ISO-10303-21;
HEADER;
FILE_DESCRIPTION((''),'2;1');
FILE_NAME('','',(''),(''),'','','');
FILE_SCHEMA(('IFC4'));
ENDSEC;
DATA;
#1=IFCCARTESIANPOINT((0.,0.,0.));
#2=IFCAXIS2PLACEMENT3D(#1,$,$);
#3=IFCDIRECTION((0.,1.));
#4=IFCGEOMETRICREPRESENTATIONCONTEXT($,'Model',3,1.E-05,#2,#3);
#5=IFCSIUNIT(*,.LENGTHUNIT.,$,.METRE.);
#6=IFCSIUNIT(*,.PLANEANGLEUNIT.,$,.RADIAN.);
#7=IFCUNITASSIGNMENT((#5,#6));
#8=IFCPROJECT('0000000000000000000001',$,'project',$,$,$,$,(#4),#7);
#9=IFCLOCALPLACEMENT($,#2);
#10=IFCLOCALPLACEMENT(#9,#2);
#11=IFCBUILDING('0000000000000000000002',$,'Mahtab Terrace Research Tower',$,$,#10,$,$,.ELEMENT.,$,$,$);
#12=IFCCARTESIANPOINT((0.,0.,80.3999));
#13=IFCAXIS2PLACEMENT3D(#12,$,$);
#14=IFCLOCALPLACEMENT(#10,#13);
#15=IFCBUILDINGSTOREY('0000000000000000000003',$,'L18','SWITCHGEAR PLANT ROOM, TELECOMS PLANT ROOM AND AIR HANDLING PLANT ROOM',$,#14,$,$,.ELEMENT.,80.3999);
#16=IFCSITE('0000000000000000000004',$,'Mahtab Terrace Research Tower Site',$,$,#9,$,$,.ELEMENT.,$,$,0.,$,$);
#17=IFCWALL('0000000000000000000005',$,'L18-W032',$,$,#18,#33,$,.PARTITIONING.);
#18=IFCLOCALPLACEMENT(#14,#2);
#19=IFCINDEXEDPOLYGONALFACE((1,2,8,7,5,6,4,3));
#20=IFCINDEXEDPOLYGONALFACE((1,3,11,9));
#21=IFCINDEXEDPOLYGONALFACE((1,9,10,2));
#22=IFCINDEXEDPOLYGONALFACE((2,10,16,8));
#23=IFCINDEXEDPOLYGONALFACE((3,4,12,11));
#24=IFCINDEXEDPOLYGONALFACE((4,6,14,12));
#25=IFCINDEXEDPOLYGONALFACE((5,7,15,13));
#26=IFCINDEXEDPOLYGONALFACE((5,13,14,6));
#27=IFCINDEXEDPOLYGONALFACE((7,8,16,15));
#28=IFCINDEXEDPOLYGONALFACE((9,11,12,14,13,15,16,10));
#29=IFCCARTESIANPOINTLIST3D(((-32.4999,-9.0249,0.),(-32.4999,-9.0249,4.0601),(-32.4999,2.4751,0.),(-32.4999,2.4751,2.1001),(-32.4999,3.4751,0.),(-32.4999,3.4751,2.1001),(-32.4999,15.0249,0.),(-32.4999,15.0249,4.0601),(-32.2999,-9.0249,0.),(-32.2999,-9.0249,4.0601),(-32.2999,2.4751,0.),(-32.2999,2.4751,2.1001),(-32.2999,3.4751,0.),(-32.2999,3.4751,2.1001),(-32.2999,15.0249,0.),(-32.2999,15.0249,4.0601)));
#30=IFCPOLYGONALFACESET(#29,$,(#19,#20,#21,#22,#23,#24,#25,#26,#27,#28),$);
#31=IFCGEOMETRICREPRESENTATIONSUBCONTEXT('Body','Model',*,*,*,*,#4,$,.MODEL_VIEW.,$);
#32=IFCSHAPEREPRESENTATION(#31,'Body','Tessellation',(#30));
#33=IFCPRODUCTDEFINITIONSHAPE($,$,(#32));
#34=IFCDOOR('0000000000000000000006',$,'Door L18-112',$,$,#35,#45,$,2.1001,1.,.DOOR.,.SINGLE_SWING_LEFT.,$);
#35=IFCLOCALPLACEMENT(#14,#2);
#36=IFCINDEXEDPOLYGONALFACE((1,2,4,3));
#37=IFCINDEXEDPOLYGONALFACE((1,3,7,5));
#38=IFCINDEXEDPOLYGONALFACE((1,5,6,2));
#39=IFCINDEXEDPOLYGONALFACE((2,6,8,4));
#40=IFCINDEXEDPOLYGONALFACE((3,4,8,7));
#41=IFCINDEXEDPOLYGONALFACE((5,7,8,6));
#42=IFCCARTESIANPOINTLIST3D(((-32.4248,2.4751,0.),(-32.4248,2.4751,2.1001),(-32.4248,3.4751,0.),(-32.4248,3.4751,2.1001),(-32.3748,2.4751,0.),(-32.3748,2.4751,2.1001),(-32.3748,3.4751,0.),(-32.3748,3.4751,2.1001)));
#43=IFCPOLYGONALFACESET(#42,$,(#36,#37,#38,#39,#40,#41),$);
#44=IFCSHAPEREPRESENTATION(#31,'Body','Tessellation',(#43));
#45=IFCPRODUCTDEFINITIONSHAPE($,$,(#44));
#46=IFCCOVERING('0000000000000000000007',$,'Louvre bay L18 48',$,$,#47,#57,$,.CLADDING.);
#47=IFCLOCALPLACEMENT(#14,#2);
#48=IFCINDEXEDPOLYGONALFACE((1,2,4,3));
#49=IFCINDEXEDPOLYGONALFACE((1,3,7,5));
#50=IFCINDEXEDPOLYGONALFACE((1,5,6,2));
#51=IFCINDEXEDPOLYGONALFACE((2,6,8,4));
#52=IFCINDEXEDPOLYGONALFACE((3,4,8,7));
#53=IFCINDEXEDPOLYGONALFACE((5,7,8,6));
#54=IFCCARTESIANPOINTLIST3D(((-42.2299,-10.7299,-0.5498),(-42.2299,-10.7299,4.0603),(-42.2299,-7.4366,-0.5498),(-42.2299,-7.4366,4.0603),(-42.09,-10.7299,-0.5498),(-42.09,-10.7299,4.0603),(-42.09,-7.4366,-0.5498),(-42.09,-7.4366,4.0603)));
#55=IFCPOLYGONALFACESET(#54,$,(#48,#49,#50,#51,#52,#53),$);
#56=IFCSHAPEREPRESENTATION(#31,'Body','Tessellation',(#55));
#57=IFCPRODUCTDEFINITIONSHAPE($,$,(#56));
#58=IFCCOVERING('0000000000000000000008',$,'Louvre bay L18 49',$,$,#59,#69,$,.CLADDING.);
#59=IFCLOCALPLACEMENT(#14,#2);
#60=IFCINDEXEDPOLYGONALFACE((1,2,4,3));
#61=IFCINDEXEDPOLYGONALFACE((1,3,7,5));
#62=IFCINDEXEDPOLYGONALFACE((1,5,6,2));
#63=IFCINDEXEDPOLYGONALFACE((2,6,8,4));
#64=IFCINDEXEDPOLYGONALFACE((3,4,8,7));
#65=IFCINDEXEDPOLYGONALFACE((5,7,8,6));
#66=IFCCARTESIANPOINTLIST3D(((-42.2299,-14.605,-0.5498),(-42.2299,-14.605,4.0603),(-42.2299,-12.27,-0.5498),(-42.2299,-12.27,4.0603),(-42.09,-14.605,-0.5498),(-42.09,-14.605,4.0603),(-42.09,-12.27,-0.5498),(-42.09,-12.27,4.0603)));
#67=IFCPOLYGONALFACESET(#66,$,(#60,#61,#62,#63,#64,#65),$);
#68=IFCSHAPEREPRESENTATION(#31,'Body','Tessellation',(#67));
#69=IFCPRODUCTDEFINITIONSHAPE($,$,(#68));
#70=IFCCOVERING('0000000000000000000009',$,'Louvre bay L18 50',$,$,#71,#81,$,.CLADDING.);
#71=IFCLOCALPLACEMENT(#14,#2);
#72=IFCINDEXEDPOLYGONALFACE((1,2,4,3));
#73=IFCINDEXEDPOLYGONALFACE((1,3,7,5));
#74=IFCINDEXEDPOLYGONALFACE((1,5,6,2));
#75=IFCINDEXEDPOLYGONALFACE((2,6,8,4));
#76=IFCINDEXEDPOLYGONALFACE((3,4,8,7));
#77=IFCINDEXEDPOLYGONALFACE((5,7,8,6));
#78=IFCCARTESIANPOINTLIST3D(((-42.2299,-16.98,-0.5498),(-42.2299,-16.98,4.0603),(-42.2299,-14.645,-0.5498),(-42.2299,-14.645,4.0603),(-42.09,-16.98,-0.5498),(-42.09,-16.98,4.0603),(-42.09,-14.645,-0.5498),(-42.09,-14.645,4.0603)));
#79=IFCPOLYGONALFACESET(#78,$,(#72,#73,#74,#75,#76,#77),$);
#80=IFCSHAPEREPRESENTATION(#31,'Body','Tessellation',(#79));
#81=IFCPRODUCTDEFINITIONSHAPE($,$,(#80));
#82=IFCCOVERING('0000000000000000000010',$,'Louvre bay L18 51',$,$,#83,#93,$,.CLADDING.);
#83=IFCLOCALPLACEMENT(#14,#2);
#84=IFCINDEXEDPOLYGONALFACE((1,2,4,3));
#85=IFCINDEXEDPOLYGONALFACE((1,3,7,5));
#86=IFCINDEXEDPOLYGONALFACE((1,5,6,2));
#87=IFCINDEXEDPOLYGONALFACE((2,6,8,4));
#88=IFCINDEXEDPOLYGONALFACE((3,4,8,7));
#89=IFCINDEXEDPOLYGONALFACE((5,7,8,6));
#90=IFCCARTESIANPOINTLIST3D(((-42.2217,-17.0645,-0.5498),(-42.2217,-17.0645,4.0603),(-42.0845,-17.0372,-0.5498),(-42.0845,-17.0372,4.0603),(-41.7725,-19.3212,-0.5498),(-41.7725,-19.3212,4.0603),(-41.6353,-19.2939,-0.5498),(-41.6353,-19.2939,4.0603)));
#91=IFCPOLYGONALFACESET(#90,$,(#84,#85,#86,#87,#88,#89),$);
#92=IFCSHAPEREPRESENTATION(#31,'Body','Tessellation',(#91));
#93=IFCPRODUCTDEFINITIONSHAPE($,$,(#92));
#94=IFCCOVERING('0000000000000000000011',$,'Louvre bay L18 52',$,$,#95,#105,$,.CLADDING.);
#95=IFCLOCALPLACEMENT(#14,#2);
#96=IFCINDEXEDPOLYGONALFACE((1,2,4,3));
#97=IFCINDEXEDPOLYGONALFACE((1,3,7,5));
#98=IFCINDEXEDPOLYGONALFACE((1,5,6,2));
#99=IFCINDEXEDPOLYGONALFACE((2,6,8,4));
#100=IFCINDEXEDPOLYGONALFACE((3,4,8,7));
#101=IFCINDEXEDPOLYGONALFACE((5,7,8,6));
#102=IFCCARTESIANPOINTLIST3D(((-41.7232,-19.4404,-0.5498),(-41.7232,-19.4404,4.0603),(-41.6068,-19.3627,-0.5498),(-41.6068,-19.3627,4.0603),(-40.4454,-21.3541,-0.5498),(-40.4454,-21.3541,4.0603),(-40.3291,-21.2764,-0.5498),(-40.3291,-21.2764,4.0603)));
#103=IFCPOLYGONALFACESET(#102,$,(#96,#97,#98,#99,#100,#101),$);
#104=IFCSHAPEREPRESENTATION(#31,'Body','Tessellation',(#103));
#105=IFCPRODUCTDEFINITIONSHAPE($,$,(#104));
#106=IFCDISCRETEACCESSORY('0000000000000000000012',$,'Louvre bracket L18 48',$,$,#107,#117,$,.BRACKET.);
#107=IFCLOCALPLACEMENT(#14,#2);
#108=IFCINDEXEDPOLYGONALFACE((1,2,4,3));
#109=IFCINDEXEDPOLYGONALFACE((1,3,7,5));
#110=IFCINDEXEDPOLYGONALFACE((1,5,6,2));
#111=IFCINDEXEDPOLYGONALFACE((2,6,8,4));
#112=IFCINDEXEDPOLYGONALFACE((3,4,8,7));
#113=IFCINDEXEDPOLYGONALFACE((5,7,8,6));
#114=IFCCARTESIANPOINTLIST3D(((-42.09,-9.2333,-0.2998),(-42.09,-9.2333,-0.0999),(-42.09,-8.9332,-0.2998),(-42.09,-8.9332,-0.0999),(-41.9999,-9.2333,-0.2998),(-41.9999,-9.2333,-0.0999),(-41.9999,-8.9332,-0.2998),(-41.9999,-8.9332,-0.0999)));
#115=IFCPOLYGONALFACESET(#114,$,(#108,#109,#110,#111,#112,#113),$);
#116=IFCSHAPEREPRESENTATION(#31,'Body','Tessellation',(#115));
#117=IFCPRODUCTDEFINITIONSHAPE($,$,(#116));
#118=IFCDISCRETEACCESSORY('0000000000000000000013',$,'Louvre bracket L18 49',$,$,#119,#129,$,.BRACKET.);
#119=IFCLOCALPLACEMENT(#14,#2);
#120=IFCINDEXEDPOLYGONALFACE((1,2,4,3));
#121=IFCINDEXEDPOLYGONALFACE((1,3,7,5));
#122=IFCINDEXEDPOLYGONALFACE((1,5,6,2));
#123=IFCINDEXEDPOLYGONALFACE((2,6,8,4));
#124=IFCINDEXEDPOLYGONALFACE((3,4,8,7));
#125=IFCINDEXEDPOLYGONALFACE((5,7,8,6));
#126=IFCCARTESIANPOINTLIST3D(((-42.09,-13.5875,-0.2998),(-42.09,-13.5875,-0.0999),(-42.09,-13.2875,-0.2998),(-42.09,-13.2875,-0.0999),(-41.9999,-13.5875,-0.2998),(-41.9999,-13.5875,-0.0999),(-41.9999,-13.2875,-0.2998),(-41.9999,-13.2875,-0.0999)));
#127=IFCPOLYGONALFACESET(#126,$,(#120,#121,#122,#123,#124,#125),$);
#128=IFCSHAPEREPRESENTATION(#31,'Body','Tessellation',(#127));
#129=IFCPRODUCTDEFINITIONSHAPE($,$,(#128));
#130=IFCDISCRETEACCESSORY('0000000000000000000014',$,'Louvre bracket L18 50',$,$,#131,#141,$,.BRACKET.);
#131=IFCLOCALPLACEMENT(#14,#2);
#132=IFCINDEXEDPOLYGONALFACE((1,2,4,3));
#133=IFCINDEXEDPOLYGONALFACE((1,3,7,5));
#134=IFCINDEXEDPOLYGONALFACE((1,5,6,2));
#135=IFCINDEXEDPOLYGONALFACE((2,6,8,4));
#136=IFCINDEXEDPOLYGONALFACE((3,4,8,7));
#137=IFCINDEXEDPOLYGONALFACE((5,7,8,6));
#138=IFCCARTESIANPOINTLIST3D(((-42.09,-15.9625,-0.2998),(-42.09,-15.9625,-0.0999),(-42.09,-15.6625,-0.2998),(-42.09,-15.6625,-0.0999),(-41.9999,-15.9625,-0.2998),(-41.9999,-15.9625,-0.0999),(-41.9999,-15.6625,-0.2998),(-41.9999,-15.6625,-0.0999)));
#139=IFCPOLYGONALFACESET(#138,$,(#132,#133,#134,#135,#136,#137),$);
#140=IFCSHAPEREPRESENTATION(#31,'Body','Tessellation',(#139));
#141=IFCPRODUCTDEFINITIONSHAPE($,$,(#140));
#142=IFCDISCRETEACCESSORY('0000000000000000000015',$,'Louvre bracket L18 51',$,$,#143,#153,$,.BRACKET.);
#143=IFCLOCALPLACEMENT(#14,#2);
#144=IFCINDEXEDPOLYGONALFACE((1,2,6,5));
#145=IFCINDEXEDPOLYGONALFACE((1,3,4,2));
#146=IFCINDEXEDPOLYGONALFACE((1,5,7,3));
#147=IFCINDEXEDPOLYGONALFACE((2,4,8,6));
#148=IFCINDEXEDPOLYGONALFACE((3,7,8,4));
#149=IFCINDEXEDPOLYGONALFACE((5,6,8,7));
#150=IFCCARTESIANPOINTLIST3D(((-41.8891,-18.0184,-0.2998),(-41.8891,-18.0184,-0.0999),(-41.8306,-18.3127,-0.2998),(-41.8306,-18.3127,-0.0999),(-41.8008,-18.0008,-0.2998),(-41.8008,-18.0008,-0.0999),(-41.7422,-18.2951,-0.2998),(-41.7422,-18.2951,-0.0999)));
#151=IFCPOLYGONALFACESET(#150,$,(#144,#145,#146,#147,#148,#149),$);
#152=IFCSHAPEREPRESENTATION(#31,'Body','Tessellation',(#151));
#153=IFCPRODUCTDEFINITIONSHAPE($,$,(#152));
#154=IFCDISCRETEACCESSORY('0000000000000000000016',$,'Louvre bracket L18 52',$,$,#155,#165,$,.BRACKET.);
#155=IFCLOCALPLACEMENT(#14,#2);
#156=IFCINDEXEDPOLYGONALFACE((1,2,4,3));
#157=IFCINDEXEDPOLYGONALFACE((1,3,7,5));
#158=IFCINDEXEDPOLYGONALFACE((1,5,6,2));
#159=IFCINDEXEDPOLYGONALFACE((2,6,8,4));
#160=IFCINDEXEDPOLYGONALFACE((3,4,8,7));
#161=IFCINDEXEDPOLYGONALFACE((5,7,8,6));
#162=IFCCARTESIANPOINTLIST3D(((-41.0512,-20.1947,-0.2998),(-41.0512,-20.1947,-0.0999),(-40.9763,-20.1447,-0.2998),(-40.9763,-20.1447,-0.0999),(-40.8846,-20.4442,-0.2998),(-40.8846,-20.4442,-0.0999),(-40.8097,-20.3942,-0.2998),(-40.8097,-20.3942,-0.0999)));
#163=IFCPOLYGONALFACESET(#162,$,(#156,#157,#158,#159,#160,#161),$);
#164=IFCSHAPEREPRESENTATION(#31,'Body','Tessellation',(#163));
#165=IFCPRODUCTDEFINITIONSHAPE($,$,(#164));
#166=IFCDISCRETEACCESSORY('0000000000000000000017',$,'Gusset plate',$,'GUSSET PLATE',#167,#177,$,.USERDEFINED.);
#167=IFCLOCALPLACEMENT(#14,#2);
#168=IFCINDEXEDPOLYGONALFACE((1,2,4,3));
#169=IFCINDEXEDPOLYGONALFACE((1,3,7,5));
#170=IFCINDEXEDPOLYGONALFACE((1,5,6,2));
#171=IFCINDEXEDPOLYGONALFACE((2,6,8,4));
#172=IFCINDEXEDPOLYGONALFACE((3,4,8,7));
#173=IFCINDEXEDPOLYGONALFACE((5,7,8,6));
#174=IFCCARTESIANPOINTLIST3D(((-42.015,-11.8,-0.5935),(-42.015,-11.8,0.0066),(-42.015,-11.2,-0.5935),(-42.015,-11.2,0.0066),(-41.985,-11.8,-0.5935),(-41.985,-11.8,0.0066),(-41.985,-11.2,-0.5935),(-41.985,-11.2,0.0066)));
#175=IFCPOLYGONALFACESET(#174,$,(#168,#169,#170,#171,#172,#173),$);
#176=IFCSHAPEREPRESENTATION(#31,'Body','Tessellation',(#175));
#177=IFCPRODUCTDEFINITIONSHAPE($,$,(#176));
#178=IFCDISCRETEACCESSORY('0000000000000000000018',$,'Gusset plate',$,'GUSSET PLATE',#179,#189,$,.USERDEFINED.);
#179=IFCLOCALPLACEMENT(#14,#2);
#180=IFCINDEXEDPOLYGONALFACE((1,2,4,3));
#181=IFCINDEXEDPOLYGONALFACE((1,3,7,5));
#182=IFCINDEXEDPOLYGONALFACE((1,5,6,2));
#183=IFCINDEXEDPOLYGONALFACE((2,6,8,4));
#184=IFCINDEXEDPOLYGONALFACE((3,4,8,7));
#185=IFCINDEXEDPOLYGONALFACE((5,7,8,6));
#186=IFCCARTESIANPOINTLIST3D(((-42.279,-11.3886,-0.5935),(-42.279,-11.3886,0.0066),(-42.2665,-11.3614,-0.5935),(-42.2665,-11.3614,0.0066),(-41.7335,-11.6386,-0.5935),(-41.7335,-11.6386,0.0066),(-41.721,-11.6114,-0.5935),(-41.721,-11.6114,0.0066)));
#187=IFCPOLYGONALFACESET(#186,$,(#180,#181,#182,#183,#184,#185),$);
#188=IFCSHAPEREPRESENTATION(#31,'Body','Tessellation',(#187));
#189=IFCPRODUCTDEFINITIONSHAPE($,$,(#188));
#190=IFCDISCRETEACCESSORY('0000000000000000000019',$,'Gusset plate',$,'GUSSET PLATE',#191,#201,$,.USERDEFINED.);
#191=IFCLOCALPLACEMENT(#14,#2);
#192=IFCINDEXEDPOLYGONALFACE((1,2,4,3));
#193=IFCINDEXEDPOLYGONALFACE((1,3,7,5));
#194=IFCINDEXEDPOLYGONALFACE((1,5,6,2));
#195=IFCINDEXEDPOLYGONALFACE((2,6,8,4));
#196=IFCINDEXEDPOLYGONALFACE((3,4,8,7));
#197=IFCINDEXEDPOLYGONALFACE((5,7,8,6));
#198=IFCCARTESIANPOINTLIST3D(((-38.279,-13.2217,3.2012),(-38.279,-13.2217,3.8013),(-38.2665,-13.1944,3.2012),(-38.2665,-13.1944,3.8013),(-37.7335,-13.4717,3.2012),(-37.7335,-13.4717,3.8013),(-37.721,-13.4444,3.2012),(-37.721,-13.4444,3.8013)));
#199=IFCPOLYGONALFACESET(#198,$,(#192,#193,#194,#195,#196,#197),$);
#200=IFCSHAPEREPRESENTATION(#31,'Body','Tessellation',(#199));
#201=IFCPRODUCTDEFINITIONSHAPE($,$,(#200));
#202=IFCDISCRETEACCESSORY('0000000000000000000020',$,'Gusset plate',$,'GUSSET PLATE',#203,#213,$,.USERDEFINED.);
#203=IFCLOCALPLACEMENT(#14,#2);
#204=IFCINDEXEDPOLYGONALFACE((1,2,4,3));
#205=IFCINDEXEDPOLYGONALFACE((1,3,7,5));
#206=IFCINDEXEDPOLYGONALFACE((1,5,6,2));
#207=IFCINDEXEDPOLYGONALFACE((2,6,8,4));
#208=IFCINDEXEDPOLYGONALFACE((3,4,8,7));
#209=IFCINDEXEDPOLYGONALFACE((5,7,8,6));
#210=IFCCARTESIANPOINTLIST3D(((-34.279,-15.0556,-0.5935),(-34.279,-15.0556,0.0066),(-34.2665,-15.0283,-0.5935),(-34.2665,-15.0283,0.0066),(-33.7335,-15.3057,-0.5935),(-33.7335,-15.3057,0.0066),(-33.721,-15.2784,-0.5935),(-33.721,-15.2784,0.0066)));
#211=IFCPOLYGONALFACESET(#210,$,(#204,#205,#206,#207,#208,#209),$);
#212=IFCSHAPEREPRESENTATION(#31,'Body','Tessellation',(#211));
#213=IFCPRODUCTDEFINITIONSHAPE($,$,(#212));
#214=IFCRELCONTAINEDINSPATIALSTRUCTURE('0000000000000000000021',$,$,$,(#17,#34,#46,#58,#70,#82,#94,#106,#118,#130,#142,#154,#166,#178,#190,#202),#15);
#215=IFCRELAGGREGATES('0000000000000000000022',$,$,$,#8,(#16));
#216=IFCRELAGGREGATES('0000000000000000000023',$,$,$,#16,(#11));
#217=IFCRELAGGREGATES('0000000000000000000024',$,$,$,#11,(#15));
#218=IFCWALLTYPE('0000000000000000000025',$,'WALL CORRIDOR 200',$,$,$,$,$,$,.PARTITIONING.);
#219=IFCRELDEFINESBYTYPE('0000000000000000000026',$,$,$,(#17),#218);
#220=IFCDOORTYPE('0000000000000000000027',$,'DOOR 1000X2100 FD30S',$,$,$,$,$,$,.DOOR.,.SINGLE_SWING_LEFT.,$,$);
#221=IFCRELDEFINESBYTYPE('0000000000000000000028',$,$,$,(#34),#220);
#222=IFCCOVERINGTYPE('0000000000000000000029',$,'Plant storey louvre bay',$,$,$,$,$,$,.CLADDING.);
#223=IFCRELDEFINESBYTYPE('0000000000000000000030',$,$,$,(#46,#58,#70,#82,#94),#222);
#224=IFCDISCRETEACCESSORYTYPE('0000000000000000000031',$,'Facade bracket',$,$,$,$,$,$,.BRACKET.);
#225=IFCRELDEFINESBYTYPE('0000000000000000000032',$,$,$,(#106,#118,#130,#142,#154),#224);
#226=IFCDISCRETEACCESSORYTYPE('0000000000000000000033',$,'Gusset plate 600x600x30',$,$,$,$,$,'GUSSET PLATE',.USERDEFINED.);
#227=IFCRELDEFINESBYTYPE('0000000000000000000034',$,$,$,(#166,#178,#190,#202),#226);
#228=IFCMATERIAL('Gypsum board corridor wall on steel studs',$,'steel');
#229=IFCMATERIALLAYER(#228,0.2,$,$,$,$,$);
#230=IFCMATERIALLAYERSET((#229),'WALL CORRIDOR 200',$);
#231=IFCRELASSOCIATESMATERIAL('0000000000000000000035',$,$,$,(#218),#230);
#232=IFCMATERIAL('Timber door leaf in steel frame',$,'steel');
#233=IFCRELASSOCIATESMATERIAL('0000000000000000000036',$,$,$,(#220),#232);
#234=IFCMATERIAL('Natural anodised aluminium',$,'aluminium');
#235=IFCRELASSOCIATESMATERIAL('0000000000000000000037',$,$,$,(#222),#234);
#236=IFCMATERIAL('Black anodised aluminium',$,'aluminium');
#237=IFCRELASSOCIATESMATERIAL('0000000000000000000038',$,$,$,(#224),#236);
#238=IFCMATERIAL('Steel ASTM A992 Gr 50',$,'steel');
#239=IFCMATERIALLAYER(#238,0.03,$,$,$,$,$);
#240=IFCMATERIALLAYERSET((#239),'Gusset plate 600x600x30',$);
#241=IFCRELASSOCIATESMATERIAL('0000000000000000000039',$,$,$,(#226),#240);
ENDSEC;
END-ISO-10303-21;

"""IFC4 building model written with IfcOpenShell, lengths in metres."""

from ifc_helpers import new_model, si_unit, direction, frame, frame_2d, origin, origin_2d, place, context, subcontext, project, spatial, rectangle, extrude, material, layer, layer_set, type_object, element, fill, save


model = new_model("IFC4")

# Units and contexts
model_context = context("Model", 3, precision=1e-05, world=origin(), true_north=direction((0.0, 1.0)))
body_context = subcontext(model_context, "Body", "Model", "MODEL_VIEW")
ifc_project = project(units=[si_unit("LENGTHUNIT", "METRE"), si_unit("PLANEANGLEUNIT", "RADIAN")], contexts=[model_context])

# Site, building, storey
site_placement = place(None, origin())
site = spatial("IfcSite", under=ifc_project, at=site_placement, Name="Mahtab Terrace Research Tower Site", CompositionType="ELEMENT", RefElevation=0.0)
building_placement = place(site_placement, origin())
building = spatial("IfcBuilding", under=site, at=building_placement, Name="Mahtab Terrace Research Tower", CompositionType="ELEMENT")
storey_placement = place(building_placement, frame((0.0, 0.0, 80.3999)))
storey = spatial("IfcBuildingStorey", under=building, at=storey_placement, Name="L18", Description="SWITCHGEAR PLANT ROOM, TELECOMS PLANT ROOM AND AIR HANDLING PLANT ROOM", CompositionType="ELEMENT", Elevation=80.3999)

# Shared definitions
ifc_material_1 = material(Name="Steel ASTM A992 Gr 50", Category="steel")

# Wall, opening, door
ifc_material_2 = material(Name="Gypsum board corridor wall on steel studs", Category="steel")
ifc_layer_1 = layer(ifc_material_2, 0.2)
ifc_layer_set_1 = layer_set([ifc_layer_1], Name="WALL CORRIDOR 200")
wall_type = type_object("IfcWallType", Name="WALL CORRIDOR 200", PredefinedType="PARTITIONING", material=ifc_layer_set_1)
ifc_material_3 = material(Name="Timber door leaf in steel frame", Category="steel")
wall_1_placement = place(storey_placement, frame((-32.3999, -9.0249, 0.0), z_axis=(0.0, 0.0, 1.0), x_axis=(0.0, 1.0, 0.0)))
wall_1 = element("IfcWall", 1, at=wall_1_placement, inside=storey, type_object=wall_type, Name="L18-W032", PredefinedType="PARTITIONING", context=body_context, shape_type="SweptSolid", body=[
    extrude(rectangle(XDim=24.0498, YDim=0.2, at=frame_2d((12.0249, 0.0))), origin(), (0.0, 0.0, 1.0), 4.0601),
])
opening_1_placement = place(wall_1_placement, frame((11.5, 0.0, 0.0)))
opening_1 = element("IfcOpeningElement", 2, at=opening_1_placement, cuts=wall_1, PredefinedType="OPENING", context=body_context, shape_type="SweptSolid", body=[
    extrude(rectangle(XDim=1.0, YDim=2.1001, at=frame_2d((0.5, 1.05))), frame((0.0, 0.1099, 0.0), z_axis=(0.0, -1.0, 0.0), x_axis=(1.0, 0.0, 0.0)), (0.0, 0.0, 1.0), 0.22),
])
door_type_1 = type_object("IfcDoorType", Name="DOOR 1000X2100 FD30S", OperationType="SINGLE_SWING_LEFT", PredefinedType="DOOR", material=ifc_material_3)
door_1_placement = place(opening_1_placement, origin())
door_1 = element("IfcDoor", 3, at=door_1_placement, inside=storey, type_object=door_type_1, Name="Door L18-112", OperationType="SINGLE_SWING_LEFT", OverallHeight=2.1001, OverallWidth=1.0, PredefinedType="DOOR", context=body_context, shape_type="SweptSolid", body=[
    extrude(rectangle(XDim=1.0, YDim=2.1001, at=frame_2d((0.5, 1.05))), frame((0.0, 0.0249, 0.0), z_axis=(0.0, -1.0, 0.0), x_axis=(1.0, 0.0, 0.0)), (0.0, 0.0, 1.0), 0.05),
])
fill(opening_1, door_1)

# Coverings
ifc_material_4 = material(Name="Natural anodised aluminium", Category="aluminium")
covering_type = type_object("IfcCoveringType", Name="Plant storey louvre bay", PredefinedType="CLADDING", material=ifc_material_4)
covering_placement = place(storey_placement, frame((-42.1599, -9.0833, -0.5498), z_axis=(0.0, 0.0, 1.0), x_axis=(0.0, -1.0, 0.0)))
element("IfcCovering", 4, at=covering_placement, inside=storey, type_object=covering_type, Name="Louvre bay L18 48", PredefinedType="CLADDING", context=body_context, shape_type="SweptSolid", body=[
    extrude(rectangle(XDim=3.2932, YDim=0.1399, at=origin_2d()), origin(), (0.0, 0.0, 1.0), 4.6101),
])
for number, where, z_axis, x_axis, name in (
    (5, (-42.1599, -13.4375, -0.5498), (0.0, 0.0, 1.0), (0.0, -1.0, 0.0), "Louvre bay L18 49"),
    (6, (-42.1599, -15.8125, -0.5498), (0.0, 0.0, 1.0), (0.0, -1.0, 0.0), "Louvre bay L18 50"),
):
    element("IfcCovering", number, at=place(storey_placement, frame(where, z_axis=z_axis, x_axis=x_axis)), inside=storey, type_object=covering_type, Name=name, PredefinedType="CLADDING", context=body_context, shape_type="SweptSolid", body=[
        extrude(rectangle(XDim=2.335, YDim=0.1399, at=origin_2d()), origin(), (0.0, 0.0, 1.0), 4.6101),
    ])
for number, where, z_axis, x_axis, name in (
    (7, (-41.9285, -18.1792, -0.5498), (0.0, 0.0, 1.0), (0.195212, -0.980761, 0.0), "Louvre bay L18 51"),
    (8, (-41.0261, -20.3584, -0.5498), (0.0, 0.0, 1.0), (0.555291, -0.831656, 0.0), "Louvre bay L18 52"),
):
    element("IfcCovering", number, at=place(storey_placement, frame(where, z_axis=z_axis, x_axis=x_axis)), inside=storey, type_object=covering_type, Name=name, PredefinedType="CLADDING", context=body_context, shape_type="SweptSolid", body=[
        extrude(rectangle(XDim=2.301, YDim=0.1399, at=origin_2d()), origin(), (0.0, 0.0, 1.0), 4.6101),
    ])

# Discrete accessories
ifc_material_5 = material(Name="Black anodised aluminium", Category="aluminium")
discrete_accessory_type_1 = type_object("IfcDiscreteAccessoryType", Name="Facade bracket", PredefinedType="BRACKET", material=ifc_material_5)
for number, where, z_axis, x_axis, name in (
    (9, (-42.0449, -9.0833, -0.2998), (0.0, 0.0, 1.0), (0.0, -1.0, 0.0), "Louvre bracket L18 48"),
    (10, (-42.0449, -13.4375, -0.2998), (0.0, 0.0, 1.0), (0.0, -1.0, 0.0), "Louvre bracket L18 49"),
    (11, (-42.0449, -15.8125, -0.2998), (0.0, 0.0, 1.0), (0.0, -1.0, 0.0), "Louvre bracket L18 50"),
    (12, (-41.8157, -18.1567, -0.2998), (0.0, 0.0, 1.0), (0.195212, -0.980761, 0.0), "Louvre bracket L18 51"),
    (13, (-40.9304, -20.2944, -0.2998), (0.0, 0.0, 1.0), (0.555291, -0.831656, 0.0), "Louvre bracket L18 52"),
):
    element("IfcDiscreteAccessory", number, at=place(storey_placement, frame(where, z_axis=z_axis, x_axis=x_axis)), inside=storey, type_object=discrete_accessory_type_1, Name=name, PredefinedType="BRACKET", context=body_context, shape_type="SweptSolid", body=[
        extrude(rectangle(XDim=0.3, YDim=0.0901, at=origin_2d()), origin(), (0.0, 0.0, 1.0), 0.2),
    ])
ifc_layer_2 = layer(ifc_material_1, 0.03)
ifc_layer_set_2 = layer_set([ifc_layer_2], Name="Gusset plate 600x600x30")
discrete_accessory_type_2 = type_object("IfcDiscreteAccessoryType", Name="Gusset plate 600x600x30", ElementType="GUSSET PLATE", PredefinedType="USERDEFINED", material=ifc_layer_set_2)
for number, where, z_axis, x_axis, name in (
    (14, (-42.0, -11.5, -0.5935), (0.0, 0.0, 1.0), (0.0, 1.0, 0.0), "Gusset plate"),
    (15, (-42.0, -11.5, -0.5935), (0.0, 0.0, 1.0), (-0.909091, 0.416598, 0.0), "Gusset plate"),
    (16, (-38.0, -13.333, 3.2012), (0.0, 0.0, 1.0), (-0.909091, 0.416598, 0.0), "Gusset plate"),
    (17, (-34.0, -15.167, -0.5935), (0.0, 0.0, 1.0), (-0.909011, 0.416773, 0.0), "Gusset plate"),
):
    element("IfcDiscreteAccessory", number, at=place(storey_placement, frame(where, z_axis=z_axis, x_axis=x_axis)), inside=storey, type_object=discrete_accessory_type_2, Name=name, ObjectType="GUSSET PLATE", PredefinedType="USERDEFINED", context=body_context, shape_type="SweptSolid", body=[
        extrude(rectangle(XDim=0.6001, YDim=0.03, at=origin_2d()), origin(), (0.0, 0.0, 1.0), 0.6001),
    ])

save(model, "model.ifc")
